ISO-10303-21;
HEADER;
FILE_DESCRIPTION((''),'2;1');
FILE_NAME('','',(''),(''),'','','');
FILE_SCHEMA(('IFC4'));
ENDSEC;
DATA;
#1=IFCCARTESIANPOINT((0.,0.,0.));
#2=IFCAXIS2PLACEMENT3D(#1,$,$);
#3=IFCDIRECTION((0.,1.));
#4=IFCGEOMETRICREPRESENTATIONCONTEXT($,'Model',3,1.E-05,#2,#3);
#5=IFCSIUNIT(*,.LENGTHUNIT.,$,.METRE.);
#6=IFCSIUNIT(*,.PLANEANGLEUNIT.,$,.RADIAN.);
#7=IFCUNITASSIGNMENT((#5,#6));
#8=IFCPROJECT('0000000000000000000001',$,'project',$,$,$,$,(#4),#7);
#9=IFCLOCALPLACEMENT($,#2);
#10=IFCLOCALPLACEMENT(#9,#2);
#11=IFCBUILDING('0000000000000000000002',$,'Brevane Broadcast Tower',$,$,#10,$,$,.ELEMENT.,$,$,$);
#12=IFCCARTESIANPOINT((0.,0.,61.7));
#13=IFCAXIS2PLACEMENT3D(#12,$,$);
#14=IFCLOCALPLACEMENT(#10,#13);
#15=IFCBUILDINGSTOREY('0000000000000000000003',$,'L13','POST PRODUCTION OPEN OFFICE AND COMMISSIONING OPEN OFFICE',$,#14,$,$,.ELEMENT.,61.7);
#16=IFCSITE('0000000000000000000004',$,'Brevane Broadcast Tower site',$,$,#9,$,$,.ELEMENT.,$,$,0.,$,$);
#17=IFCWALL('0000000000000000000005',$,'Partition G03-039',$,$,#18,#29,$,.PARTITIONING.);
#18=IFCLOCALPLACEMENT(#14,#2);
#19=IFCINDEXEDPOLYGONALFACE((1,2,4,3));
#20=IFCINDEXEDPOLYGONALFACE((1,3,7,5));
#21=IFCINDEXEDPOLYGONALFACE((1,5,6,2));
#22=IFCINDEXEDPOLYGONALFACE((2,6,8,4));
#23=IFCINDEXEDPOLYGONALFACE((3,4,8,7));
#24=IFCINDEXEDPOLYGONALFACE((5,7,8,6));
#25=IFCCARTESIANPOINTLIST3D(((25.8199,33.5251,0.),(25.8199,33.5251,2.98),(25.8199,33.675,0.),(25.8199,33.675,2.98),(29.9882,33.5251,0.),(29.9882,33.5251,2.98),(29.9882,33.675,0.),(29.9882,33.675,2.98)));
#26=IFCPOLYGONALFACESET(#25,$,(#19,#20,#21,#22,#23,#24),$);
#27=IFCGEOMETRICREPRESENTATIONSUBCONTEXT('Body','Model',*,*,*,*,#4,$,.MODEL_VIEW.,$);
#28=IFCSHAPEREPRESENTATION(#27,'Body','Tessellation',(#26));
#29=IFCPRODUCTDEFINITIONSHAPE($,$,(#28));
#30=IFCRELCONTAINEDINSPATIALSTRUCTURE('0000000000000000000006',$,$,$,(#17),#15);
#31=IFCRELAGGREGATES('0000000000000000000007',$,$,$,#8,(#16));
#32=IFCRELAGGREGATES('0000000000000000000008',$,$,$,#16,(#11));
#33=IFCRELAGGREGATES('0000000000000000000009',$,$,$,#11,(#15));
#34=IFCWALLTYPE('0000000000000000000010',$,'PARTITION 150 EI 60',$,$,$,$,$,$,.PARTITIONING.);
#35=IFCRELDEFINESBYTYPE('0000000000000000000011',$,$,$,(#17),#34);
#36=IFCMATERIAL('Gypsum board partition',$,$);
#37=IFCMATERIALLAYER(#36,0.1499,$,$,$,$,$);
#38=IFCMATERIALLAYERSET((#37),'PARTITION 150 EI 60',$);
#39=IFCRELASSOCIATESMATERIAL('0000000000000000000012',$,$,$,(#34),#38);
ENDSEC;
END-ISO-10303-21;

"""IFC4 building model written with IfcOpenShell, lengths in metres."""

from ifc_helpers import new_model, si_unit, direction, frame, frame_2d, origin, place, context, subcontext, project, spatial, rectangle, extrude, material, layer, layer_set, type_object, element, save


model = new_model("IFC4")

# Units and contexts
model_context = context("Model", 3, precision=1e-05, world=origin(), true_north=direction((0.0, 1.0)))
body_context = subcontext(model_context, "Body", "Model", "MODEL_VIEW")
ifc_project = project(units=[si_unit("LENGTHUNIT", "METRE"), si_unit("PLANEANGLEUNIT", "RADIAN")], contexts=[model_context])

# Site, building, storey
site_placement = place(None, origin())
site = spatial("IfcSite", under=ifc_project, at=site_placement, Name="Brevane Broadcast Tower site", CompositionType="ELEMENT", RefElevation=0.0)
building_placement = place(site_placement, origin())
building = spatial("IfcBuilding", under=site, at=building_placement, Name="Brevane Broadcast Tower", CompositionType="ELEMENT")
storey_placement = place(building_placement, frame((0.0, 0.0, 61.7)))
storey = spatial("IfcBuildingStorey", under=building, at=storey_placement, Name="L13", Description="POST PRODUCTION OPEN OFFICE AND COMMISSIONING OPEN OFFICE", CompositionType="ELEMENT", Elevation=61.7)

# Shared definitions
ifc_material_1 = material(Name="Gypsum board partition")

# Wall
ifc_layer_1 = layer(ifc_material_1, 0.1499)
ifc_layer_set_1 = layer_set([ifc_layer_1], Name="PARTITION 150 EI 60")
wall_type_1 = type_object("IfcWallType", Name="PARTITION 150 EI 60", PredefinedType="PARTITIONING", material=ifc_layer_set_1)
wall_1_placement = place(storey_placement, frame((25.8201, 33.6001, 0.0), z_axis=(0.0, 0.0, 1.0), x_axis=(1.0, 0.0, 0.0)))
element("IfcWall", 1, at=wall_1_placement, inside=storey, type_object=wall_type_1, Name="Partition G03-039", PredefinedType="PARTITIONING", context=body_context, shape_type="SweptSolid", body=[
    extrude(rectangle(XDim=4.1682, YDim=0.1499, at=frame_2d((2.084, 0.0))), origin(), (0.0, 0.0, 1.0), 2.98),
])

save(model, "model.ifc")
